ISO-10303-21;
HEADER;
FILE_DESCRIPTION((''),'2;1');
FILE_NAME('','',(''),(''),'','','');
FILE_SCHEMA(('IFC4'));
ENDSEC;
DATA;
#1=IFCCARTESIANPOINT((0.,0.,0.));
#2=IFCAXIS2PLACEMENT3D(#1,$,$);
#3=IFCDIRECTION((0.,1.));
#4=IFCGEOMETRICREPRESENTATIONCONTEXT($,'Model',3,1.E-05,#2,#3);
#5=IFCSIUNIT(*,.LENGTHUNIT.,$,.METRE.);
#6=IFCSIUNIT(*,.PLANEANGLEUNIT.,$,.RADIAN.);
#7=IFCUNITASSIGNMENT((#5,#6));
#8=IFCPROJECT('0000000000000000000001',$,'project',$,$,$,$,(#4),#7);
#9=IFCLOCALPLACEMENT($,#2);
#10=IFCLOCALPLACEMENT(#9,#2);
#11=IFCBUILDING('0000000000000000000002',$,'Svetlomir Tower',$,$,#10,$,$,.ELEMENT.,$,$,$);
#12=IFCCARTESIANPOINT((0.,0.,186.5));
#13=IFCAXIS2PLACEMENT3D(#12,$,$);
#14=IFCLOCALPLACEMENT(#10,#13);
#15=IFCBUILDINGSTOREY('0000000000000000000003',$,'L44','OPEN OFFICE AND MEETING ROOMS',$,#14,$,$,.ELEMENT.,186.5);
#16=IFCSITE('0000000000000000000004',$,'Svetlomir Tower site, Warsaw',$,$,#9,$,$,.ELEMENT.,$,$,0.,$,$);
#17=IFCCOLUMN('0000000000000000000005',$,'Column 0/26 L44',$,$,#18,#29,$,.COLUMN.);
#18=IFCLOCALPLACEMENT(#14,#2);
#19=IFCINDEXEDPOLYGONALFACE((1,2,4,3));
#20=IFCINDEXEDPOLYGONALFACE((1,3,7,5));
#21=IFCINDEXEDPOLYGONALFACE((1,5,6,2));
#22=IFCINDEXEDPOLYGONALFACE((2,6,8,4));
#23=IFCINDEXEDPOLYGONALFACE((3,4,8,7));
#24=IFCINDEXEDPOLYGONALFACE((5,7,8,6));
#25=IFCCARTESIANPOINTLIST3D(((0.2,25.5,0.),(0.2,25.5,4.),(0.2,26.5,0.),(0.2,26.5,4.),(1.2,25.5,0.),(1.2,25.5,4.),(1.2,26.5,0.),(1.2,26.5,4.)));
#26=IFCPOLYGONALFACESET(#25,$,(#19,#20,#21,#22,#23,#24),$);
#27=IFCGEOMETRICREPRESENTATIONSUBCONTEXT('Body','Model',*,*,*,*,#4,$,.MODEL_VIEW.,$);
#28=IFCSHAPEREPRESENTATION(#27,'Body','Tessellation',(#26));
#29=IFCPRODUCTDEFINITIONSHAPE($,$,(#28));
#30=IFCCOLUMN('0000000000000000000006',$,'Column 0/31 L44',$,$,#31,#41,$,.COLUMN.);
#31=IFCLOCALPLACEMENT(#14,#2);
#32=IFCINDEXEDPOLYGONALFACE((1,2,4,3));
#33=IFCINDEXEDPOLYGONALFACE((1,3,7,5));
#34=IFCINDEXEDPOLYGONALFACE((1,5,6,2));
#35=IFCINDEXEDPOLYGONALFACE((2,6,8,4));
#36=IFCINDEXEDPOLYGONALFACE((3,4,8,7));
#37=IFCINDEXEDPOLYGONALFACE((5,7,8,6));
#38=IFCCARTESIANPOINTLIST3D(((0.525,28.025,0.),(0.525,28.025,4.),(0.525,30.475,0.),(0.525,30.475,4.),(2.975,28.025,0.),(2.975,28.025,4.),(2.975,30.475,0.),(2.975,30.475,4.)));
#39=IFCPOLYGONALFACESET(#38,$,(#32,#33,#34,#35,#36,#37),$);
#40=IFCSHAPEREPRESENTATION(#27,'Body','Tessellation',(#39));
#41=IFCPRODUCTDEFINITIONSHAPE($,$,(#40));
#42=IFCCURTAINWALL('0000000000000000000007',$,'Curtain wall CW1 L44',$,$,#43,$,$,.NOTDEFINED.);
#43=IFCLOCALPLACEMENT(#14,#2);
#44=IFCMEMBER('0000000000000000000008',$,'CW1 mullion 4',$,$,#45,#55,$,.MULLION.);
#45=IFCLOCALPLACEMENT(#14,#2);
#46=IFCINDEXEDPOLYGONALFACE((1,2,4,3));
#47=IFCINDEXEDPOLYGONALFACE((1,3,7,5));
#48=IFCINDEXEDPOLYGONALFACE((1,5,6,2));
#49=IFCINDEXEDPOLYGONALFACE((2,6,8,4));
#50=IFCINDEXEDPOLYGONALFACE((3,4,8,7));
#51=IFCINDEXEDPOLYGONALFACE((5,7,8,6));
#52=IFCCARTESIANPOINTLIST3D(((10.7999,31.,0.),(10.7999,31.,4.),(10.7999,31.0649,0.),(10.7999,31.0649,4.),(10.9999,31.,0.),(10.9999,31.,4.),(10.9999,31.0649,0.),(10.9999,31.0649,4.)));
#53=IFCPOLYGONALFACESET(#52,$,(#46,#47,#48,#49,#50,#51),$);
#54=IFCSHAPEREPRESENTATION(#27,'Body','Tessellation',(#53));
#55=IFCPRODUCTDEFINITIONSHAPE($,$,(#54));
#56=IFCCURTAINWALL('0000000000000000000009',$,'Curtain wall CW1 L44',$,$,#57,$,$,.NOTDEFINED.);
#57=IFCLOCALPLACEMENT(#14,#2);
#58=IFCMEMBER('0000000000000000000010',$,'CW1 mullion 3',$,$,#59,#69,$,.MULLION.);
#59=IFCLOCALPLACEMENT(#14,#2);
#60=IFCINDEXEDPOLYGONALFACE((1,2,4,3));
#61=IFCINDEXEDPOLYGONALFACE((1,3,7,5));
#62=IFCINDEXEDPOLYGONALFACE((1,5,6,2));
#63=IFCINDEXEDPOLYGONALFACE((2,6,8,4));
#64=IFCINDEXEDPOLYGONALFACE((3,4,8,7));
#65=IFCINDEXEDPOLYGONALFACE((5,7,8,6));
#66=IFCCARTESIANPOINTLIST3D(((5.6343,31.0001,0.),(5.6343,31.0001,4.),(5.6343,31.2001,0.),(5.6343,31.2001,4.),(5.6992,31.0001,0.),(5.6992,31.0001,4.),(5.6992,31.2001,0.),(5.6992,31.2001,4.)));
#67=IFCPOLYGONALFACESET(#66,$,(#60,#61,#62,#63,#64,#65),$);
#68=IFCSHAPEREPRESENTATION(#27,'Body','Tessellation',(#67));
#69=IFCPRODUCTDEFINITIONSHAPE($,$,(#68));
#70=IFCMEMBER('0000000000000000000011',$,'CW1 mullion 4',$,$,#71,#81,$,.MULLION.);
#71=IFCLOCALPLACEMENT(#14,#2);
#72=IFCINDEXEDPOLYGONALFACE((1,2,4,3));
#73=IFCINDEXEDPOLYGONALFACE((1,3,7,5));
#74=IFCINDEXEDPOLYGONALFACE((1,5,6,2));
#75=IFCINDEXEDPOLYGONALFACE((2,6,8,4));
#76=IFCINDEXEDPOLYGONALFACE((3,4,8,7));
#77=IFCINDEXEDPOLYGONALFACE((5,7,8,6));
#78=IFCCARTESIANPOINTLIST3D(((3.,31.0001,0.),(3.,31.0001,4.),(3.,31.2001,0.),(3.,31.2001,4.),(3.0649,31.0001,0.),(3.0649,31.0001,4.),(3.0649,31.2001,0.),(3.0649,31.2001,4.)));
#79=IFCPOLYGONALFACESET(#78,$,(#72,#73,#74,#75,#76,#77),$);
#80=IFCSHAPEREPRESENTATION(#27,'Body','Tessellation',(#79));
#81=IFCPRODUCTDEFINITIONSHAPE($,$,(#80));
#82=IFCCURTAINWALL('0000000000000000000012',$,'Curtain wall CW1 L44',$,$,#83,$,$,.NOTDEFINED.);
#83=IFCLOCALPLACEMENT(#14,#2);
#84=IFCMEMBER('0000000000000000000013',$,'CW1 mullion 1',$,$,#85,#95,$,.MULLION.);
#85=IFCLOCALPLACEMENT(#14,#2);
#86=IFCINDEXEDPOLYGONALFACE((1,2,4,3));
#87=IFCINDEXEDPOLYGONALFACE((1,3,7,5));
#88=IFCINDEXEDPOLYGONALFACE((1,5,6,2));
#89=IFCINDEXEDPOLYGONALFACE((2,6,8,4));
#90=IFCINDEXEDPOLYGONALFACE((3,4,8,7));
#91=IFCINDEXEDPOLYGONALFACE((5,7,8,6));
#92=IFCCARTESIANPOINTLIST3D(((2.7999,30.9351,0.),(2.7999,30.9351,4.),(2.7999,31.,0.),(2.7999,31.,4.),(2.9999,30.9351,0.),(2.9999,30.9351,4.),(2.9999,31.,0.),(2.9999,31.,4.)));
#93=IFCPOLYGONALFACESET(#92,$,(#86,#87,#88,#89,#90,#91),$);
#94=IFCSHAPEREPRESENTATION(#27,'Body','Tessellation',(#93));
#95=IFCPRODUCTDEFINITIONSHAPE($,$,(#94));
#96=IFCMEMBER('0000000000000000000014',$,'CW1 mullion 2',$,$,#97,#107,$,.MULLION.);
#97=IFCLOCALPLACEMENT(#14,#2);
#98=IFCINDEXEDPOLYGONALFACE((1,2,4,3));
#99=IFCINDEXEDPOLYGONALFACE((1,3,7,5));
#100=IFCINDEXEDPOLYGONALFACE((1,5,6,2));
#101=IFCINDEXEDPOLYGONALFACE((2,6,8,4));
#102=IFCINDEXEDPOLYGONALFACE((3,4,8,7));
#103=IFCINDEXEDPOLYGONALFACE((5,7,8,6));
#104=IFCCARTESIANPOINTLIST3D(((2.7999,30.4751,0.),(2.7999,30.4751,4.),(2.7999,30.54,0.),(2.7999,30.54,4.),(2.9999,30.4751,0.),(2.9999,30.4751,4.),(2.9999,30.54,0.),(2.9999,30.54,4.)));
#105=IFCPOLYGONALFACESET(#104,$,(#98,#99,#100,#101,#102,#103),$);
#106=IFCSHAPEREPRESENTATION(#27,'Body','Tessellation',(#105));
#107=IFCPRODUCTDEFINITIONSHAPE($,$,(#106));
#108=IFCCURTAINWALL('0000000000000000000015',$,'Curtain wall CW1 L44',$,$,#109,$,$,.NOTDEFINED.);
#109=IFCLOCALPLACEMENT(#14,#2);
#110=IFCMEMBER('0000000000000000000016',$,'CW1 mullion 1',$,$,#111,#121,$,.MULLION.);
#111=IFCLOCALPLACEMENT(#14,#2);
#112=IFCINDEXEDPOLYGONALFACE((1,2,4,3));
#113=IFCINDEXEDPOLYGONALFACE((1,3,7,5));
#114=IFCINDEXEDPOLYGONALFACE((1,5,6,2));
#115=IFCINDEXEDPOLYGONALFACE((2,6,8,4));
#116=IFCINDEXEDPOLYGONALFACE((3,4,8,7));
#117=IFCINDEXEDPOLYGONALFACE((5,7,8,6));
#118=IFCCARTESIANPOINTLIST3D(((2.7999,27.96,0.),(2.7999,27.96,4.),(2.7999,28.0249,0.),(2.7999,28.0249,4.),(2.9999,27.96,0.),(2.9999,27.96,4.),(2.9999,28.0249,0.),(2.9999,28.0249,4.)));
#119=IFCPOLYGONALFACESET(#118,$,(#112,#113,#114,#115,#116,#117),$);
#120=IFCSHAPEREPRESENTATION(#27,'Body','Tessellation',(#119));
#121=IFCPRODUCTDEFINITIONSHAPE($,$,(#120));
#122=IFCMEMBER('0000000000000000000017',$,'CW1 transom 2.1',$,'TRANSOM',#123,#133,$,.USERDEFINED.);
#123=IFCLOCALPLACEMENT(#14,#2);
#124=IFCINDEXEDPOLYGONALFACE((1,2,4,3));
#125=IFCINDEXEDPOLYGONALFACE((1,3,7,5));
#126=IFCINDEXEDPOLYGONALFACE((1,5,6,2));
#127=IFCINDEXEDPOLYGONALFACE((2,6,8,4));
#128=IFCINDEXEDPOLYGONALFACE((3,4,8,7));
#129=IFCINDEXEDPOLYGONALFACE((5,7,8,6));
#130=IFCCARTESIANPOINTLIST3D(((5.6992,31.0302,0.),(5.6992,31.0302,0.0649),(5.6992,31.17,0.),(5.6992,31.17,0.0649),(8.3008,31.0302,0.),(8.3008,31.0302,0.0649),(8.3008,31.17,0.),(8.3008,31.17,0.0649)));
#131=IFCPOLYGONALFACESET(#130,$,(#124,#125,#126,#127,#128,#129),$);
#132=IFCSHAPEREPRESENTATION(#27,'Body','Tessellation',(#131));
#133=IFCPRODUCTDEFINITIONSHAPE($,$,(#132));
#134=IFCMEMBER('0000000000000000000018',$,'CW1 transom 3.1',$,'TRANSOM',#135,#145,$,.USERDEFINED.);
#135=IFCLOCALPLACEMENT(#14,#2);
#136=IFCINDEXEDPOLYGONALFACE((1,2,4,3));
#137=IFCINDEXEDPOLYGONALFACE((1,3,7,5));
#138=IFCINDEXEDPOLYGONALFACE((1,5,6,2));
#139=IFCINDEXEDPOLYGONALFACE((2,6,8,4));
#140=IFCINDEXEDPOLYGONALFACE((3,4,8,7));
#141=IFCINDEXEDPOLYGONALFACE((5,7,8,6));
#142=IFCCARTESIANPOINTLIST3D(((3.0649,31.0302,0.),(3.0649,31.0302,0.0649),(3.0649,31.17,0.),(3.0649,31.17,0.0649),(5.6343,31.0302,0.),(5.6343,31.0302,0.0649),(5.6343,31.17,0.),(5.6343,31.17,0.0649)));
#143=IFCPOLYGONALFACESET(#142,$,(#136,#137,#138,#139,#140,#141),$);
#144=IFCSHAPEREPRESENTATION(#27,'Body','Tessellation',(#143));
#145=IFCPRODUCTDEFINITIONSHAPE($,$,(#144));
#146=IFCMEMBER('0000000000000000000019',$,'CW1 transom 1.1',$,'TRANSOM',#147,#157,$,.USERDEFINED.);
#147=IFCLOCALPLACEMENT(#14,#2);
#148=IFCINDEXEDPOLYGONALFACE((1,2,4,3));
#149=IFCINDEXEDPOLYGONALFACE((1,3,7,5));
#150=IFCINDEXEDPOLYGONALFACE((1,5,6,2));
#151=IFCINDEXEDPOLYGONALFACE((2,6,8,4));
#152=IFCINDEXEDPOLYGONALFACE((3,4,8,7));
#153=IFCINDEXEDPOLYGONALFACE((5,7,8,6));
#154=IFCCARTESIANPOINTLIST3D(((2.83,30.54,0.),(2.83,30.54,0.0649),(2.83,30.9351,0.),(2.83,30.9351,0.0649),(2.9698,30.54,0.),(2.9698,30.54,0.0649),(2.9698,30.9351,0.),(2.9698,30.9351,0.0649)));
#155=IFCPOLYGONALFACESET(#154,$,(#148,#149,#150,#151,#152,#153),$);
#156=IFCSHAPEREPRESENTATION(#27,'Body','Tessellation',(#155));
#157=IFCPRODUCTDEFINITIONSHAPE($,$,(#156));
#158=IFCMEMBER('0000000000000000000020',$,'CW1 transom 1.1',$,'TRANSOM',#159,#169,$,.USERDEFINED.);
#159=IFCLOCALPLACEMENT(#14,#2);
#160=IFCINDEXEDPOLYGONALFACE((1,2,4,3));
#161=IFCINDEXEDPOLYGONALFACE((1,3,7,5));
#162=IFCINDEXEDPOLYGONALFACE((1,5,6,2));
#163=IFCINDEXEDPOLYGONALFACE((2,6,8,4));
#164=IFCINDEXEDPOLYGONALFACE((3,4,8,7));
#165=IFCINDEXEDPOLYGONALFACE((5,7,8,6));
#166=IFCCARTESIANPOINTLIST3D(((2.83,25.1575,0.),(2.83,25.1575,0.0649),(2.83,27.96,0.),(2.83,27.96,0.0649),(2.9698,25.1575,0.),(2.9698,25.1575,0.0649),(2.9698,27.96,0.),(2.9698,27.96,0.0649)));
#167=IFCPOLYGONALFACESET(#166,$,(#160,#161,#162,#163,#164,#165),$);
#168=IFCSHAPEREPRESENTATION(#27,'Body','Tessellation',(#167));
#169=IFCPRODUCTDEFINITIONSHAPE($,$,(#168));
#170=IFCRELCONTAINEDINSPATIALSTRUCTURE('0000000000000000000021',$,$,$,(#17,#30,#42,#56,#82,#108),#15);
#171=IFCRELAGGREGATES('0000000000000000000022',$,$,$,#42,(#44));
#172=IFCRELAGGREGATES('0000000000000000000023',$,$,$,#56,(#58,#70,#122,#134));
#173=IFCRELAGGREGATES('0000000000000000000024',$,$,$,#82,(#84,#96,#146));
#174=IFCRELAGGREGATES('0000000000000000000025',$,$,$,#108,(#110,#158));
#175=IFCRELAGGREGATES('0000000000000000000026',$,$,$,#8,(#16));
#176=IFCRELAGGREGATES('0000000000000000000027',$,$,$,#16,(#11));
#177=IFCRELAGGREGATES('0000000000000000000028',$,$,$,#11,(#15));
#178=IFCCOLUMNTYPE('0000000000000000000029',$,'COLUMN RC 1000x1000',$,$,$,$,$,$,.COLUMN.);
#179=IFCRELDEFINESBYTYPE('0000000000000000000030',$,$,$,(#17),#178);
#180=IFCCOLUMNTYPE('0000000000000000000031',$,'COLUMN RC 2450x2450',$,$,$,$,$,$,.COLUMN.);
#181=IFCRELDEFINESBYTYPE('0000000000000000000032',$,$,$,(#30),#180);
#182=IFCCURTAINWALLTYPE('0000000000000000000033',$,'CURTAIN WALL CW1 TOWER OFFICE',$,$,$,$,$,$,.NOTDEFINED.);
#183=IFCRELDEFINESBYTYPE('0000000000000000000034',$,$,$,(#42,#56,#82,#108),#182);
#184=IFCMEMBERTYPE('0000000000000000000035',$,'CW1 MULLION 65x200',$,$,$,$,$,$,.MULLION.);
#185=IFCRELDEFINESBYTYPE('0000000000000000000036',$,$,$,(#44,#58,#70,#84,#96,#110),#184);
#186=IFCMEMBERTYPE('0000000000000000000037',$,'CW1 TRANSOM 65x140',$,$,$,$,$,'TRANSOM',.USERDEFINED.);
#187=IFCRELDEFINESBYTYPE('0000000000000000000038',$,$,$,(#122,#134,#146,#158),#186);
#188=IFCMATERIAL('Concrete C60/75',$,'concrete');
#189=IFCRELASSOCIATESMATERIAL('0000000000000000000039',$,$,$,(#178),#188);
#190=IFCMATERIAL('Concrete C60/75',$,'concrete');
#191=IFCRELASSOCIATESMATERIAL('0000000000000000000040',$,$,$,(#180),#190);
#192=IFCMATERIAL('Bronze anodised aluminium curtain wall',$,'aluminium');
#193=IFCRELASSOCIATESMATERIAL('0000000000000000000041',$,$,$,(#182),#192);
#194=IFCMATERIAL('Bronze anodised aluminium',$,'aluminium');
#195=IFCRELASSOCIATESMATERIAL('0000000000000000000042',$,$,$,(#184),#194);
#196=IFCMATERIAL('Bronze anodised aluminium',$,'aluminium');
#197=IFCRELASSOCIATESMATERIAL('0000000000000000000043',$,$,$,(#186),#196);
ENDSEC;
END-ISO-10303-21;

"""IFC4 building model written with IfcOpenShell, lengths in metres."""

from ifc_helpers import new_model, si_unit, direction, frame, origin, origin_2d, place, context, subcontext, project, spatial, rectangle, extrude, material, material_profile, profile_set, type_object, element, aggregate, save


model = new_model("IFC4")

# Units and contexts
model_context = context("Model", 3, precision=1e-05, world=origin(), true_north=direction((0.0, 1.0)))
body_context = subcontext(model_context, "Body", "Model", "MODEL_VIEW")
ifc_project = project(units=[si_unit("LENGTHUNIT", "METRE"), si_unit("PLANEANGLEUNIT", "RADIAN")], contexts=[model_context])

# Site, building, storey
site_placement = place(None, origin())
site = spatial("IfcSite", under=ifc_project, at=site_placement, Name="Svetlomir Tower site, Warsaw", CompositionType="ELEMENT", RefElevation=0.0)
building_placement = place(site_placement, origin())
building = spatial("IfcBuilding", under=site, at=building_placement, Name="Svetlomir Tower", CompositionType="ELEMENT")
storey_placement = place(building_placement, frame((0.0, 0.0, 186.5)))
storey = spatial("IfcBuildingStorey", under=building, at=storey_placement, Name="L44", Description="OPEN OFFICE AND MEETING ROOMS", CompositionType="ELEMENT", Elevation=186.5)

# Columns
ifc_material_1 = material(Name="Concrete C60/75", Category="concrete")
ifc_material_profile_1 = material_profile(ifc_material_1, rectangle(XDim=1.0, YDim=1.0, at=origin_2d()), Name="RC 1000x1000")
ifc_profile_set_1 = profile_set([ifc_material_profile_1], Name="Concrete C60/75")
column_type_1 = type_object("IfcColumnType", Name="COLUMN RC 1000x1000", PredefinedType="COLUMN", material=ifc_profile_set_1)
column_1_placement = place(storey_placement, frame((0.7, 26.0, 0.0), z_axis=(0.0, 0.0, 1.0), x_axis=(1.0, 0.0, 0.0)))
element("IfcColumn", 1, at=column_1_placement, inside=storey, type_object=column_type_1, Name="Column 0/26 L44", PredefinedType="COLUMN", context=body_context, shape_type="SweptSolid", body=[
    extrude(rectangle(XDim=1.0, YDim=1.0, at=origin_2d()), origin(), (0.0, 0.0, 1.0), 4.0),
])
ifc_material_2 = material(Name="Concrete C60/75", Category="concrete")
ifc_material_profile_2 = material_profile(ifc_material_2, rectangle(XDim=2.45, YDim=2.45, at=origin_2d()), Name="RC 2450x2450")
ifc_profile_set_2 = profile_set([ifc_material_profile_2], Name="Concrete C60/75")
column_type_2 = type_object("IfcColumnType", Name="COLUMN RC 2450x2450", PredefinedType="COLUMN", material=ifc_profile_set_2)
column_2_placement = place(storey_placement, frame((1.75, 29.25, 0.0), z_axis=(0.0, 0.0, 1.0), x_axis=(1.0, 0.0, 0.0)))
element("IfcColumn", 2, at=column_2_placement, inside=storey, type_object=column_type_2, Name="Column 0/31 L44", PredefinedType="COLUMN", context=body_context, shape_type="SweptSolid", body=[
    extrude(rectangle(XDim=2.45, YDim=2.45, at=origin_2d()), origin(), (0.0, 0.0, 1.0), 4.0),
])

# Curtain wall, member
ifc_material_3 = material(Name="Bronze anodised aluminium curtain wall", Category="aluminium")
curtain_wall_type = type_object("IfcCurtainWallType", Name="CURTAIN WALL CW1 TOWER OFFICE", PredefinedType="NOTDEFINED", material=ifc_material_3)
curtain_wall_1_placement = place(storey_placement, origin())
curtain_wall_1 = element("IfcCurtainWall", 3, at=curtain_wall_1_placement, inside=storey, type_object=curtain_wall_type, Name="Curtain wall CW1 L44", PredefinedType="NOTDEFINED")
ifc_material_4 = material(Name="Bronze anodised aluminium", Category="aluminium")
ifc_material_profile_3 = material_profile(ifc_material_4, rectangle(XDim=0.0649, YDim=0.2, at=origin_2d()), Name="AL 65x200")
ifc_profile_set_3 = profile_set([ifc_material_profile_3], Name="Bronze anodised aluminium 6063-T6")
member_type_1 = type_object("IfcMemberType", Name="CW1 MULLION 65x200", PredefinedType="MULLION", material=ifc_profile_set_3)
member_1_placement = place(storey_placement, frame((10.8999, 31.0325, 0.0), z_axis=(0.0, 0.0, 1.0), x_axis=(0.0, -1.0, 0.0)))
member_1 = element("IfcMember", 4, at=member_1_placement, type_object=member_type_1, Name="CW1 mullion 4", PredefinedType="MULLION", context=body_context, shape_type="SweptSolid", body=[
    extrude(rectangle(XDim=0.0649, YDim=0.2, at=origin_2d()), origin(), (0.0, 0.0, 1.0), 4.0),
])
aggregate(curtain_wall_1, [member_1])

# Curtain walls, members
curtain_wall_2_placement = place(storey_placement, origin())
curtain_wall_2 = element("IfcCurtainWall", 5, at=curtain_wall_2_placement, inside=storey, type_object=curtain_wall_type, Name="Curtain wall CW1 L44", PredefinedType="NOTDEFINED")
member_2_placement = place(storey_placement, frame((5.6667, 31.1001, 0.0), z_axis=(0.0, 0.0, 1.0), x_axis=(-1.0, 0.0, 0.0)))
member_2 = element("IfcMember", 6, at=member_2_placement, type_object=member_type_1, Name="CW1 mullion 3", PredefinedType="MULLION", context=body_context, shape_type="SweptSolid", body=[
    extrude(rectangle(XDim=0.0649, YDim=0.2, at=origin_2d()), origin(), (0.0, 0.0, 1.0), 4.0),
])
member_3_placement = place(storey_placement, frame((3.0325, 31.1001, 0.0), z_axis=(0.0, 0.0, 1.0), x_axis=(-1.0, 0.0, 0.0)))
member_3 = element("IfcMember", 7, at=member_3_placement, type_object=member_type_1, Name="CW1 mullion 4", PredefinedType="MULLION", context=body_context, shape_type="SweptSolid", body=[
    extrude(rectangle(XDim=0.0649, YDim=0.2, at=origin_2d()), origin(), (0.0, 0.0, 1.0), 4.0),
])
curtain_wall_3_placement = place(storey_placement, origin())
curtain_wall_3 = element("IfcCurtainWall", 8, at=curtain_wall_3_placement, inside=storey, type_object=curtain_wall_type, Name="Curtain wall CW1 L44", PredefinedType="NOTDEFINED")
member_4_placement = place(storey_placement, frame((2.8999, 30.9675, 0.0), z_axis=(0.0, 0.0, 1.0), x_axis=(0.0, -1.0, 0.0)))
member_4 = element("IfcMember", 9, at=member_4_placement, type_object=member_type_1, Name="CW1 mullion 1", PredefinedType="MULLION", context=body_context, shape_type="SweptSolid", body=[
    extrude(rectangle(XDim=0.0649, YDim=0.2, at=origin_2d()), origin(), (0.0, 0.0, 1.0), 4.0),
])
member_5_placement = place(storey_placement, frame((2.8999, 30.5076, 0.0), z_axis=(0.0, 0.0, 1.0), x_axis=(0.0, -1.0, 0.0)))
member_5 = element("IfcMember", 10, at=member_5_placement, type_object=member_type_1, Name="CW1 mullion 2", PredefinedType="MULLION", context=body_context, shape_type="SweptSolid", body=[
    extrude(rectangle(XDim=0.0649, YDim=0.2, at=origin_2d()), origin(), (0.0, 0.0, 1.0), 4.0),
])

# Curtain wall, member
curtain_wall_4_placement = place(storey_placement, origin())
curtain_wall_4 = element("IfcCurtainWall", 11, at=curtain_wall_4_placement, inside=storey, type_object=curtain_wall_type, Name="Curtain wall CW1 L44", PredefinedType="NOTDEFINED")
member_6_placement = place(storey_placement, frame((2.8999, 27.9924, 0.0), z_axis=(0.0, 0.0, 1.0), x_axis=(0.0, -1.0, 0.0)))
member_6 = element("IfcMember", 12, at=member_6_placement, type_object=member_type_1, Name="CW1 mullion 1", PredefinedType="MULLION", context=body_context, shape_type="SweptSolid", body=[
    extrude(rectangle(XDim=0.0649, YDim=0.2, at=origin_2d()), origin(), (0.0, 0.0, 1.0), 4.0),
])

# Members
ifc_material_5 = material(Name="Bronze anodised aluminium", Category="aluminium")
ifc_material_profile_4 = material_profile(ifc_material_5, rectangle(XDim=0.1399, YDim=0.0649, at=origin_2d()), Name="AL 140x65")
ifc_profile_set_4 = profile_set([ifc_material_profile_4], Name="Bronze anodised aluminium 6063-T6")
member_type_2 = type_object("IfcMemberType", Name="CW1 TRANSOM 65x140", ElementType="TRANSOM", PredefinedType="USERDEFINED", material=ifc_profile_set_4)
member_7_placement = place(storey_placement, frame((8.3008, 31.1001, 0.0325), z_axis=(-1.0, 0.0, 0.0), x_axis=(0.0, -1.0, 0.0)))
member_7 = element("IfcMember", 13, at=member_7_placement, type_object=member_type_2, Name="CW1 transom 2.1", ObjectType="TRANSOM", PredefinedType="USERDEFINED", context=body_context, shape_type="SweptSolid", body=[
    extrude(rectangle(XDim=0.1399, YDim=0.0649, at=origin_2d()), origin(), (0.0, 0.0, 1.0), 2.6016),
])
member_8_placement = place(storey_placement, frame((5.6343, 31.1001, 0.0325), z_axis=(-1.0, 0.0, 0.0), x_axis=(0.0, -1.0, 0.0)))
member_8 = element("IfcMember", 14, at=member_8_placement, type_object=member_type_2, Name="CW1 transom 3.1", ObjectType="TRANSOM", PredefinedType="USERDEFINED", context=body_context, shape_type="SweptSolid", body=[
    extrude(rectangle(XDim=0.1399, YDim=0.0649, at=origin_2d()), origin(), (0.0, 0.0, 1.0), 2.5693),
])
member_9_placement = place(storey_placement, frame((2.8999, 30.9351, 0.0325), z_axis=(0.0, -1.0, 0.0), x_axis=(1.0, 0.0, 0.0)))
member_9 = element("IfcMember", 15, at=member_9_placement, type_object=member_type_2, Name="CW1 transom 1.1", ObjectType="TRANSOM", PredefinedType="USERDEFINED", context=body_context, shape_type="SweptSolid", body=[
    extrude(rectangle(XDim=0.1399, YDim=0.0649, at=origin_2d()), origin(), (0.0, 0.0, 1.0), 0.395),
])
member_10_placement = place(storey_placement, frame((2.8999, 27.96, 0.0325), z_axis=(0.0, -1.0, 0.0), x_axis=(1.0, 0.0, 0.0)))
member_10 = element("IfcMember", 16, at=member_10_placement, type_object=member_type_2, Name="CW1 transom 1.1", ObjectType="TRANSOM", PredefinedType="USERDEFINED", context=body_context, shape_type="SweptSolid", body=[
    extrude(rectangle(XDim=0.1399, YDim=0.0649, at=origin_2d()), origin(), (0.0, 0.0, 1.0), 2.8025),
])

aggregate(curtain_wall_2, [member_2, member_3, member_7, member_8])
aggregate(curtain_wall_3, [member_4, member_5, member_9])
aggregate(curtain_wall_4, [member_6, member_10])

save(model, "model.ifc")
